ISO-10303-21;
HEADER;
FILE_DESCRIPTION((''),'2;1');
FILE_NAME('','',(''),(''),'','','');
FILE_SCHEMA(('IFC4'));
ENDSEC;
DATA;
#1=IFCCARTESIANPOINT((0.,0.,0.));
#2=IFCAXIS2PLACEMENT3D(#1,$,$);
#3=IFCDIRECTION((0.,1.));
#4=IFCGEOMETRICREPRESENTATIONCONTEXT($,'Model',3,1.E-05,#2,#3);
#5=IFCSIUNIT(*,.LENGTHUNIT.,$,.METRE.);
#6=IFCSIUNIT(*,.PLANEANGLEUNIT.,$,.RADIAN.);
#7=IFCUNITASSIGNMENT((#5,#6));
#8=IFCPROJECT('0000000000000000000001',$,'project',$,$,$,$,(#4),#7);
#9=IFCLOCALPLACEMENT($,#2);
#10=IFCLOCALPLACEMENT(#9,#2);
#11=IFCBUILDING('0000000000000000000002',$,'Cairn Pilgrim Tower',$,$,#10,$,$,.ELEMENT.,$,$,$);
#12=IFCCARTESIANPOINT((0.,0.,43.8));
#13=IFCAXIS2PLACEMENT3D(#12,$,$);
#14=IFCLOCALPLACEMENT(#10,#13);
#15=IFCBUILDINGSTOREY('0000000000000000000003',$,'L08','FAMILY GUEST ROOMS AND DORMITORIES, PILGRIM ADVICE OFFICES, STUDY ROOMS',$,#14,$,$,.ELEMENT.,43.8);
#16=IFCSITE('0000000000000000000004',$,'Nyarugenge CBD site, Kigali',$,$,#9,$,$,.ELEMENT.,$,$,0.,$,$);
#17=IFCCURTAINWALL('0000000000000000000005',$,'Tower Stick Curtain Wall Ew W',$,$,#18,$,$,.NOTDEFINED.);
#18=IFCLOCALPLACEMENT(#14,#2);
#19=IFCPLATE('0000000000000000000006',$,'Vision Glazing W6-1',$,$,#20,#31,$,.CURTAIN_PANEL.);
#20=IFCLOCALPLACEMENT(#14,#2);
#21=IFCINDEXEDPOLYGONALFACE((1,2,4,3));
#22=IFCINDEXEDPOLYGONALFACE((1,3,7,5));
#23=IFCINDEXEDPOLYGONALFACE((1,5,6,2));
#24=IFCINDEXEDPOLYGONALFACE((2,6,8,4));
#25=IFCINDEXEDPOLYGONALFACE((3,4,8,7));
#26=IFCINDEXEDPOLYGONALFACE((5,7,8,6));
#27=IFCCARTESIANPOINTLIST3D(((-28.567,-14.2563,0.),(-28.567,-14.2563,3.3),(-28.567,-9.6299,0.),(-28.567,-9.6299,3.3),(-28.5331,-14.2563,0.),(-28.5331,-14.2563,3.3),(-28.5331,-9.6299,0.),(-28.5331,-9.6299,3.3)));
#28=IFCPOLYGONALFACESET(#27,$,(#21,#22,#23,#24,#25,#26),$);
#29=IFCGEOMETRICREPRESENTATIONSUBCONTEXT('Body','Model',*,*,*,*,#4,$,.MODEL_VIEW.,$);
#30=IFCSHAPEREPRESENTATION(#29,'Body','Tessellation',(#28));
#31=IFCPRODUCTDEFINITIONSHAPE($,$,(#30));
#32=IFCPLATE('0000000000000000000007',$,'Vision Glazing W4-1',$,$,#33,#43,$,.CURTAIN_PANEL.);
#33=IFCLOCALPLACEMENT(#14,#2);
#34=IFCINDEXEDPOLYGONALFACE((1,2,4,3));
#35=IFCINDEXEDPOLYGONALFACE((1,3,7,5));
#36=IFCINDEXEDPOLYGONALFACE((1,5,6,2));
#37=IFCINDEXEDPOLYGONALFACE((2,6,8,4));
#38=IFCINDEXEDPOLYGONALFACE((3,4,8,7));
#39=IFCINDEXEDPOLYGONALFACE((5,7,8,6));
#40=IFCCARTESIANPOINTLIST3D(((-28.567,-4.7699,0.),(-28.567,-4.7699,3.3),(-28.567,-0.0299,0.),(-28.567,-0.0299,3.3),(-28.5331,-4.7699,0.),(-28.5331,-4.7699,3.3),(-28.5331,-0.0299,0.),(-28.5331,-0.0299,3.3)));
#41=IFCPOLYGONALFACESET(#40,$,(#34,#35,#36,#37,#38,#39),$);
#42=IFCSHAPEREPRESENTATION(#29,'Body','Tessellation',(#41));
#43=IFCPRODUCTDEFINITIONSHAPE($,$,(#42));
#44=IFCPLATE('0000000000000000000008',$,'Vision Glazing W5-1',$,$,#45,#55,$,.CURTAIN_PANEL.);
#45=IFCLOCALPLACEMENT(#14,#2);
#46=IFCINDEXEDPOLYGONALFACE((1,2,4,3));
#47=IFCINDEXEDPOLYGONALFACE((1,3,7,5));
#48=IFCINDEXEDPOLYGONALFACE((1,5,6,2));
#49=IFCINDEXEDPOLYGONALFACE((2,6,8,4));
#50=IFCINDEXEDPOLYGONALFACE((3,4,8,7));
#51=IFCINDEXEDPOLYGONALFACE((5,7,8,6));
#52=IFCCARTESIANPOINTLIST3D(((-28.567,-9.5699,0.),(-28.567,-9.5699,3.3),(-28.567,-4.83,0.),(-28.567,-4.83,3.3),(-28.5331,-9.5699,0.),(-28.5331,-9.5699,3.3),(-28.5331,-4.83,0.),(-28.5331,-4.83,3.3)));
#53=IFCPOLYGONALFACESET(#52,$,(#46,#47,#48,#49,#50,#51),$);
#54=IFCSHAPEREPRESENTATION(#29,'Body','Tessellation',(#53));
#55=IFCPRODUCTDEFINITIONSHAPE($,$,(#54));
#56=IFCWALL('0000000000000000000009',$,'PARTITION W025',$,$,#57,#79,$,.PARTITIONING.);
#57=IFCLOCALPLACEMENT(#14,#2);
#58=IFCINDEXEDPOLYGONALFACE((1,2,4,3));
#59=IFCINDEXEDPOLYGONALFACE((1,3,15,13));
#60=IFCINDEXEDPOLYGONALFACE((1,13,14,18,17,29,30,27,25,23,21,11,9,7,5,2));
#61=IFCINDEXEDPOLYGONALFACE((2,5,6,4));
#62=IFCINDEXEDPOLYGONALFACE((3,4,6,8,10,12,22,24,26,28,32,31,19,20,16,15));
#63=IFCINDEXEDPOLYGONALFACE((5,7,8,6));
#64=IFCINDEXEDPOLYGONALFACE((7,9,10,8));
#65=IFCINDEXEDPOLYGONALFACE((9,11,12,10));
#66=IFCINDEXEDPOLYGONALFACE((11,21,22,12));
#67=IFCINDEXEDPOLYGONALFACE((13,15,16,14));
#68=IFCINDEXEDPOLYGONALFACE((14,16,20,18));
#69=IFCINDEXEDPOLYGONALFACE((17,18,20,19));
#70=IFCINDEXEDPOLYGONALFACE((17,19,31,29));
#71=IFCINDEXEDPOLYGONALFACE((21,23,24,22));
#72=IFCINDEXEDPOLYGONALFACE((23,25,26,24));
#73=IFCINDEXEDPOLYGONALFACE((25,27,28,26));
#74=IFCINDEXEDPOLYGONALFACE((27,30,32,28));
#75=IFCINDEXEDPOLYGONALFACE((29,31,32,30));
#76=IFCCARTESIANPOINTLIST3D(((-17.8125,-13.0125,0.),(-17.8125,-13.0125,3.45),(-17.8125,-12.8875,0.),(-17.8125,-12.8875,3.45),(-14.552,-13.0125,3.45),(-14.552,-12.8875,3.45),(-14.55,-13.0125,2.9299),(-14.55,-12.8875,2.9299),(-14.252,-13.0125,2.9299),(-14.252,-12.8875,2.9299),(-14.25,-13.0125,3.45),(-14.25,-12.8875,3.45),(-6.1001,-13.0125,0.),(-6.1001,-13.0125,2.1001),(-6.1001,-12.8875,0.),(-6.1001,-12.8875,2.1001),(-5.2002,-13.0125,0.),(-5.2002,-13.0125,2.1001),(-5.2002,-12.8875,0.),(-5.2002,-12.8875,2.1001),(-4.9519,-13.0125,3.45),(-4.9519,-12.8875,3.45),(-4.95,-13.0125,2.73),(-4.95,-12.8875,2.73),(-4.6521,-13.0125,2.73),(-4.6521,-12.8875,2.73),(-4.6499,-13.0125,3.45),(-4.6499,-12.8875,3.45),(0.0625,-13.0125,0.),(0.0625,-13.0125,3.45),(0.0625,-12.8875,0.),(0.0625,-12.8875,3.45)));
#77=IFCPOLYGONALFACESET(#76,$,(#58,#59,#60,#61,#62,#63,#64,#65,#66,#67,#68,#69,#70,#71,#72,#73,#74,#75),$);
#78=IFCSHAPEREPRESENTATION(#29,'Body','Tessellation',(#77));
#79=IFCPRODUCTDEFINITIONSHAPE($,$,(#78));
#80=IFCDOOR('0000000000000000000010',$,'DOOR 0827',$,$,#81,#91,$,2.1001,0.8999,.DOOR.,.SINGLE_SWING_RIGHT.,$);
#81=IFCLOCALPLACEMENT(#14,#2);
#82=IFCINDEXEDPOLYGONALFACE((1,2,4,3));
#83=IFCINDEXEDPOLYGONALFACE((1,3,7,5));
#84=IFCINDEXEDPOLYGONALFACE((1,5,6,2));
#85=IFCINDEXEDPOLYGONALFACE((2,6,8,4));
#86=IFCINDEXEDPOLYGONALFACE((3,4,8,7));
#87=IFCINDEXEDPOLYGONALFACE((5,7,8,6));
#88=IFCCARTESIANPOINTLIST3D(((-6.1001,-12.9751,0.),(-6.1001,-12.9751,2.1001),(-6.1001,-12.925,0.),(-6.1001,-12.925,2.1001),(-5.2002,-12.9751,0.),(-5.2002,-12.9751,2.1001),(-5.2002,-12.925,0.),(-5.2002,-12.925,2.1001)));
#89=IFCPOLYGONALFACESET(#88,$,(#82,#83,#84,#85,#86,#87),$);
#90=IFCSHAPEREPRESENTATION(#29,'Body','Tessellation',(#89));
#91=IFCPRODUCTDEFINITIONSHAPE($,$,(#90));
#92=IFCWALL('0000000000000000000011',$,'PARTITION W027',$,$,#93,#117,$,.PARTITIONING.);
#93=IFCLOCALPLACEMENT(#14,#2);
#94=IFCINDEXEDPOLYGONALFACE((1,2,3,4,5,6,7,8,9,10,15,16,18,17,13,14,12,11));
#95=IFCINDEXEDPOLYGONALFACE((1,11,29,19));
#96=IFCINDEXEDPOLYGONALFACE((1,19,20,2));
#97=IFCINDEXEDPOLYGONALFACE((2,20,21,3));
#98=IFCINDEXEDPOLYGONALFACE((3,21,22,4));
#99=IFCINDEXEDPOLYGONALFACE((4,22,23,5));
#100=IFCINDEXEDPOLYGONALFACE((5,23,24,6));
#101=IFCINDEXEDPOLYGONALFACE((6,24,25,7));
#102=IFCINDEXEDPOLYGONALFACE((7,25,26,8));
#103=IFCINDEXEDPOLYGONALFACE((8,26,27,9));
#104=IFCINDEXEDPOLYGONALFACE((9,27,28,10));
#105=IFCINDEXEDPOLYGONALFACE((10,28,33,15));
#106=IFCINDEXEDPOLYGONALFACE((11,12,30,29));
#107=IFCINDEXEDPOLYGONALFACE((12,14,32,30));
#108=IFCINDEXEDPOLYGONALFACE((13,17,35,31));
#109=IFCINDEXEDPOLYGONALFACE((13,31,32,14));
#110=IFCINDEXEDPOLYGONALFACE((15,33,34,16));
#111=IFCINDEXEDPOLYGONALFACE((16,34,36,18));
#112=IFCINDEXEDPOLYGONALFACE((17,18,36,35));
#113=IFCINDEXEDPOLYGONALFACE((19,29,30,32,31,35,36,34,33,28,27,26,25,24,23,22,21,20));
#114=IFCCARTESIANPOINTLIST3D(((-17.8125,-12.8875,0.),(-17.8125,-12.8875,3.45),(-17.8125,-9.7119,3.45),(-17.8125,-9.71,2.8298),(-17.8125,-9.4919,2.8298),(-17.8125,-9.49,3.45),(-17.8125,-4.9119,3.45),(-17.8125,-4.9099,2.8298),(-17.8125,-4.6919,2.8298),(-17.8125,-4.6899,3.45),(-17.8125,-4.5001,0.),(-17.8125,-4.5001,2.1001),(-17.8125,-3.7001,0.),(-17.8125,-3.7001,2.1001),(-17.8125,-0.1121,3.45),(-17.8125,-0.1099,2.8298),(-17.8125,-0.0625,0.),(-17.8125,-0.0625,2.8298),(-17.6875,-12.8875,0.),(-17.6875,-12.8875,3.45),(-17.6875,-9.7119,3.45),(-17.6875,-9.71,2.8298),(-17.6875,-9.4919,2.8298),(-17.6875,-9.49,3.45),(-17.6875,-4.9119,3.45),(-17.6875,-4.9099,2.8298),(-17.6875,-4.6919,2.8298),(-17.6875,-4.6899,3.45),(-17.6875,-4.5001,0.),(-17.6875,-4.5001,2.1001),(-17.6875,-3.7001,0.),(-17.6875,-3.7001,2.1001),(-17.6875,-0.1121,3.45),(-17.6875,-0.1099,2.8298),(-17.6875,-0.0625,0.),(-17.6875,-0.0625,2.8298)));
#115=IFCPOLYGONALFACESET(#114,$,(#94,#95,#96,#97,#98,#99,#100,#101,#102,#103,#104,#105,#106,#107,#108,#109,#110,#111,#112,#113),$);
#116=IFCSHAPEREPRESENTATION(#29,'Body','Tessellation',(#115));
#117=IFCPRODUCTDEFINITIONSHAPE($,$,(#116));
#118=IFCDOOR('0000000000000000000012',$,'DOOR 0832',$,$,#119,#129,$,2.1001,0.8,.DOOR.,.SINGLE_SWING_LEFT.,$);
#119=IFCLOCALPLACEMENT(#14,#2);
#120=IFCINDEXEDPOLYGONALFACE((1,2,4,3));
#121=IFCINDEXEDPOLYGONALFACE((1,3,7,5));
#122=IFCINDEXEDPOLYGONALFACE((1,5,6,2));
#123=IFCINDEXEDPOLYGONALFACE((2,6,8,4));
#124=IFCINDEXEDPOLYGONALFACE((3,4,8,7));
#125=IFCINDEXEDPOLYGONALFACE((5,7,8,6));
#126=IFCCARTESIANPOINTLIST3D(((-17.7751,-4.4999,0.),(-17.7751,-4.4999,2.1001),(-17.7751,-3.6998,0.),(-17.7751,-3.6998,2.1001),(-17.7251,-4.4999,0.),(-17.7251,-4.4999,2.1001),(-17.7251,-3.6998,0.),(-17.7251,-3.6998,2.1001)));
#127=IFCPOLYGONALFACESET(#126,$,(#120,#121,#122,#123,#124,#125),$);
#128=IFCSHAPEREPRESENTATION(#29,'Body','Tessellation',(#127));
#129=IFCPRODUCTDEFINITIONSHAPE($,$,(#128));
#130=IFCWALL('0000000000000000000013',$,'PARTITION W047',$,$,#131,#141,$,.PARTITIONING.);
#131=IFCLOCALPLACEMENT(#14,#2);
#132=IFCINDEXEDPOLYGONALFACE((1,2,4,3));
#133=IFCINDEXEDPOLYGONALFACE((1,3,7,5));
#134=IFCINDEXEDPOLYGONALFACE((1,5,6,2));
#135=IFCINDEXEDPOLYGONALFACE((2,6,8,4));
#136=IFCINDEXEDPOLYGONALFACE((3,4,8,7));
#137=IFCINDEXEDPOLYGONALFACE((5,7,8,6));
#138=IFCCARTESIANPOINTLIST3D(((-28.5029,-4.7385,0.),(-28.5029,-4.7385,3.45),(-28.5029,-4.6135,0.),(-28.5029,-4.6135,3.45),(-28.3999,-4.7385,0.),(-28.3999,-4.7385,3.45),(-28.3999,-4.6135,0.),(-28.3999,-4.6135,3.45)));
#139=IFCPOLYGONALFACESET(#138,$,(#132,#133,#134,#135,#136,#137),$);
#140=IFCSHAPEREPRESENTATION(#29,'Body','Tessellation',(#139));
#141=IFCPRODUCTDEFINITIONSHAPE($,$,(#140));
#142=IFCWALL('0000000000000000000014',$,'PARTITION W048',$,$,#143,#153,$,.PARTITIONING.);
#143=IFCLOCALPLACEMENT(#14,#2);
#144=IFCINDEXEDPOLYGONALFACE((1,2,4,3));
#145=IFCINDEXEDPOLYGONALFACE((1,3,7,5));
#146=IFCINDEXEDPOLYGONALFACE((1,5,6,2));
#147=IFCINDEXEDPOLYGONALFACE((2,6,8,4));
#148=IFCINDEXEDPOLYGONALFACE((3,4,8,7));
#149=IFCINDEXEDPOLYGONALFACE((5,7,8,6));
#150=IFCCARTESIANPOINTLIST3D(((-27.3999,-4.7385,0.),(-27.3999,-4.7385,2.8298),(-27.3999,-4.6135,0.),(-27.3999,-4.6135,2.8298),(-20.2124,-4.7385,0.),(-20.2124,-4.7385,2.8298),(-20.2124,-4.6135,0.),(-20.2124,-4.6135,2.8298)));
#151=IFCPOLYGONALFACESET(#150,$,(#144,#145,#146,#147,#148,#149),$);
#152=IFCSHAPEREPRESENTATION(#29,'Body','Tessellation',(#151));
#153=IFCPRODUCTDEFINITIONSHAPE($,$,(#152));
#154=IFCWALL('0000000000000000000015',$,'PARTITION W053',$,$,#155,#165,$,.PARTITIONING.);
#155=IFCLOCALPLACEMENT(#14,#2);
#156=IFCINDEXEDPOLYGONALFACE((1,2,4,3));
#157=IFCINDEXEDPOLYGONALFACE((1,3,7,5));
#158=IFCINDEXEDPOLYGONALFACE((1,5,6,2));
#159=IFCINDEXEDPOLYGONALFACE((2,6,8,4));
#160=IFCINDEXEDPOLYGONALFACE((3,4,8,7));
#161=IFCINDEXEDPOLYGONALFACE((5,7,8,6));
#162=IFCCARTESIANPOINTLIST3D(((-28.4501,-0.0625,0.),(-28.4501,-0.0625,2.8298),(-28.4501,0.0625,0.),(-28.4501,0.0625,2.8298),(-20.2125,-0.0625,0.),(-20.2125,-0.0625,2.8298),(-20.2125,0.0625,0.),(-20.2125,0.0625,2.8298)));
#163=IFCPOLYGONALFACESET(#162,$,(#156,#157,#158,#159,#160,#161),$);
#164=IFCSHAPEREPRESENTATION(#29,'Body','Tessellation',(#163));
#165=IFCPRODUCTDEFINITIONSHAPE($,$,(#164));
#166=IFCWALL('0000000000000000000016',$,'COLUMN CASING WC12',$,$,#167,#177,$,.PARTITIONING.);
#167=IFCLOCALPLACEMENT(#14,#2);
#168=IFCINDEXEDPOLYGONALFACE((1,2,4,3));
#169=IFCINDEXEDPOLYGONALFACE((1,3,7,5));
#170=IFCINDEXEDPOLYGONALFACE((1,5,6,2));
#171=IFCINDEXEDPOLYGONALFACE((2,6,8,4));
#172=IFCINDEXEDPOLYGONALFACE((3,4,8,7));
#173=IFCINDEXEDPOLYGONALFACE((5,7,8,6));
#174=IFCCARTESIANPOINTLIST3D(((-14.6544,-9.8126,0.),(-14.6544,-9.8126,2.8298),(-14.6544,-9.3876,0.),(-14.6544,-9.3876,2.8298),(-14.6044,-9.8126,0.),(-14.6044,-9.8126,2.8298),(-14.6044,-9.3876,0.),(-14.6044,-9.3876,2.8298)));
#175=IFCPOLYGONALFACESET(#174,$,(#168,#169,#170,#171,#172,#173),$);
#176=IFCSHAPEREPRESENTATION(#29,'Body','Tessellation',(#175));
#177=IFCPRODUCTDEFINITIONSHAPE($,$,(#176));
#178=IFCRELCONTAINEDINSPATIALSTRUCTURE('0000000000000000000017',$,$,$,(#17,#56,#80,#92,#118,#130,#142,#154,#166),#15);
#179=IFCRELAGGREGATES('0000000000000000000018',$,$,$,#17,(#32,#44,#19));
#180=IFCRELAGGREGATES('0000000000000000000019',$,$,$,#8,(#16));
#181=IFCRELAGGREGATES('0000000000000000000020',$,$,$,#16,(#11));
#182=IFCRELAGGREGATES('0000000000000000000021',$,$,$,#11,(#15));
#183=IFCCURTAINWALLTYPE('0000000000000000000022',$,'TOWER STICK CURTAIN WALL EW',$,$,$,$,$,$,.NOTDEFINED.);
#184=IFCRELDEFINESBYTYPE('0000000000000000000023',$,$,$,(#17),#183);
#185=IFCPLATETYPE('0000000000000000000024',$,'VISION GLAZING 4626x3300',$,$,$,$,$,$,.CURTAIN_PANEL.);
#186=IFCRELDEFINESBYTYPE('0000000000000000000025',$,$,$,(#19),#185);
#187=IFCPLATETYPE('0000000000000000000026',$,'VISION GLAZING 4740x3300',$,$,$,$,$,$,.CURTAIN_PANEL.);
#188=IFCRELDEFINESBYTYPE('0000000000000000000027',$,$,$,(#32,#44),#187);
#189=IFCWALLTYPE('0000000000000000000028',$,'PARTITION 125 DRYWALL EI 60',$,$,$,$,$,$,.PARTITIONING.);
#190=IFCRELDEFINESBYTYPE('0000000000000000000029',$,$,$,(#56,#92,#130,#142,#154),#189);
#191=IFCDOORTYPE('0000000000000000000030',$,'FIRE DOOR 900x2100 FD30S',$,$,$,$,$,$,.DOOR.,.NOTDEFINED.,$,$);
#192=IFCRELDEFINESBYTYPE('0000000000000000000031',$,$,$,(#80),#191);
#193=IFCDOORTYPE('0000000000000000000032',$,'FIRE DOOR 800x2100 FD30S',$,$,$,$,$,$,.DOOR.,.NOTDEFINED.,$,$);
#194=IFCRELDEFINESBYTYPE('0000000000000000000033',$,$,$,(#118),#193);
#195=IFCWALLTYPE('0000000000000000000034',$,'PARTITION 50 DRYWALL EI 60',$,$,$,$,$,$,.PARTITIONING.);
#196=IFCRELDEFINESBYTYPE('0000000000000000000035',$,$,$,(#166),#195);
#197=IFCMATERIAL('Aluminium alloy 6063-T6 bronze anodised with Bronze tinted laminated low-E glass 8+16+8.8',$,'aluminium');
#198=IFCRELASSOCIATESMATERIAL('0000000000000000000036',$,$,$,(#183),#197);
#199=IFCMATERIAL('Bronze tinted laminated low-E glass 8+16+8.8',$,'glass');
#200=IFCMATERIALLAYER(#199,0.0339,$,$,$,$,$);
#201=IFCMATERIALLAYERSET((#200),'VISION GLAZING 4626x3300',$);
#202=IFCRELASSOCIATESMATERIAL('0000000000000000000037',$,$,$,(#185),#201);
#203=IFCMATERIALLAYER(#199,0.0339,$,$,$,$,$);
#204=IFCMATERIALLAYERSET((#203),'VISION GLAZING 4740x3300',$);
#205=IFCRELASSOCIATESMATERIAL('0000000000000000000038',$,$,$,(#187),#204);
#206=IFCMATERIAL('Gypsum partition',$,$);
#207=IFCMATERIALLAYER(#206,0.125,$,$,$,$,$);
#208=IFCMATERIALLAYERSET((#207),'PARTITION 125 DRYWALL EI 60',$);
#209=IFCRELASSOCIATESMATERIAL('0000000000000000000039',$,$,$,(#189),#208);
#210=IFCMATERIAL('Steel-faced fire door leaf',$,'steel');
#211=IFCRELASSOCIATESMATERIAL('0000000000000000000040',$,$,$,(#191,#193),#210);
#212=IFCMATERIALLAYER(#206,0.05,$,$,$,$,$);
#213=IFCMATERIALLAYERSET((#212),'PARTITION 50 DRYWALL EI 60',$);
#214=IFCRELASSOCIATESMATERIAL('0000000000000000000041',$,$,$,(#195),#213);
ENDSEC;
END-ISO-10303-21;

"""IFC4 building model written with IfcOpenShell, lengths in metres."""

from ifc_helpers import new_model, si_unit, direction, frame, frame_2d, origin, origin_2d, place, context, subcontext, project, spatial, polyline, rectangle, outline, extrude, material, layer, layer_set, type_object, element, fill, aggregate, save


model = new_model("IFC4")

# Units and contexts
model_context = context("Model", 3, precision=1e-05, world=origin(), true_north=direction((0.0, 1.0)))
body_context = subcontext(model_context, "Body", "Model", "MODEL_VIEW")
ifc_project = project(units=[si_unit("LENGTHUNIT", "METRE"), si_unit("PLANEANGLEUNIT", "RADIAN")], contexts=[model_context])

# Site, building, storey
site_placement = place(None, origin())
site = spatial("IfcSite", under=ifc_project, at=site_placement, Name="Nyarugenge CBD site, Kigali", CompositionType="ELEMENT", RefElevation=0.0)
building_placement = place(site_placement, origin())
building = spatial("IfcBuilding", under=site, at=building_placement, Name="Cairn Pilgrim Tower", CompositionType="ELEMENT")
storey_placement = place(building_placement, frame((0.0, 0.0, 43.8)))
storey = spatial("IfcBuildingStorey", under=building, at=storey_placement, Name="L08", Description="FAMILY GUEST ROOMS AND DORMITORIES, PILGRIM ADVICE OFFICES, STUDY ROOMS", CompositionType="ELEMENT", Elevation=43.8)

# Curtain wall
ifc_material_1 = material(Name="Aluminium alloy 6063-T6 bronze anodised with Bronze tinted laminated low-E glass 8+16+8.8", Category="aluminium")
curtain_wall_type_1 = type_object("IfcCurtainWallType", Name="TOWER STICK CURTAIN WALL EW", PredefinedType="NOTDEFINED", material=ifc_material_1)
curtain_wall_1_placement = place(storey_placement, origin())
curtain_wall_1 = element("IfcCurtainWall", 1, at=curtain_wall_1_placement, inside=storey, type_object=curtain_wall_type_1, Name="Tower Stick Curtain Wall Ew W", PredefinedType="NOTDEFINED")

# Plates
ifc_material_2 = material(Name="Bronze tinted laminated low-E glass 8+16+8.8", Category="glass")
ifc_layer_1 = layer(ifc_material_2, 0.0339)
ifc_layer_set_1 = layer_set([ifc_layer_1], Name="VISION GLAZING 4626x3300")
plate_type_1 = type_object("IfcPlateType", Name="VISION GLAZING 4626x3300", PredefinedType="CURTAIN_PANEL", material=ifc_layer_set_1)
plate_1_placement = place(storey_placement, frame((-28.55, -11.9431, 0.0), z_axis=(0.0, 0.0, 1.0), x_axis=(0.0, -1.0, 0.0)))
plate_1 = element("IfcPlate", 2, at=plate_1_placement, type_object=plate_type_1, Name="Vision Glazing W6-1", PredefinedType="CURTAIN_PANEL", context=body_context, shape_type="SweptSolid", body=[
    extrude(rectangle(XDim=4.6265, YDim=0.0339, at=origin_2d()), origin(), (0.0, 0.0, 1.0), 3.3),
])
ifc_layer_2 = layer(ifc_material_2, 0.0339)
ifc_layer_set_2 = layer_set([ifc_layer_2], Name="VISION GLAZING 4740x3300")
plate_type_2 = type_object("IfcPlateType", Name="VISION GLAZING 4740x3300", PredefinedType="CURTAIN_PANEL", material=ifc_layer_set_2)
plate_2_placement = place(storey_placement, frame((-28.55, -2.3999, 0.0), z_axis=(0.0, 0.0, 1.0), x_axis=(0.0, -1.0, 0.0)))
plate_2 = element("IfcPlate", 3, at=plate_2_placement, type_object=plate_type_2, Name="Vision Glazing W4-1", PredefinedType="CURTAIN_PANEL", context=body_context, shape_type="SweptSolid", body=[
    extrude(rectangle(XDim=4.74, YDim=0.0339, at=origin_2d()), origin(), (0.0, 0.0, 1.0), 3.3),
])
plate_3_placement = place(storey_placement, frame((-28.55, -7.2, 0.0), z_axis=(0.0, 0.0, 1.0), x_axis=(0.0, -1.0, 0.0)))
plate_3 = element("IfcPlate", 4, at=plate_3_placement, type_object=plate_type_2, Name="Vision Glazing W5-1", PredefinedType="CURTAIN_PANEL", context=body_context, shape_type="SweptSolid", body=[
    extrude(rectangle(XDim=4.74, YDim=0.0339, at=origin_2d()), origin(), (0.0, 0.0, 1.0), 3.3),
])
aggregate(curtain_wall_1, [plate_2, plate_3, plate_1])

# Walls, openings, doors
ifc_material_3 = material(Name="Gypsum partition")
ifc_layer_3 = layer(ifc_material_3, 0.125)
ifc_layer_set_3 = layer_set([ifc_layer_3], Name="PARTITION 125 DRYWALL EI 60")
wall_type_1 = type_object("IfcWallType", Name="PARTITION 125 DRYWALL EI 60", PredefinedType="PARTITIONING", material=ifc_layer_set_3)
wall_1_placement = place(storey_placement, frame((-17.8125, -12.95, 0.0), z_axis=(0.0, 0.0, 1.0), x_axis=(1.0, 0.0, 0.0)))
wall_1 = element("IfcWall", 5, at=wall_1_placement, inside=storey, type_object=wall_type_1, Name="PARTITION W025", PredefinedType="PARTITIONING", context=body_context, shape_type="SweptSolid", body=[
    extrude(outline(polyline([(0.0, 0.0), (17.875, 0.0), (17.875, 3.45), (13.1626, 3.45), (13.1604, 2.73), (12.8625, 2.73), (12.8606, 3.45), (3.5625, 3.45), (3.5605, 2.9299), (3.2625, 2.9299), (3.2605, 3.45), (0.0, 3.45), (0.0, 0.0)])), frame((0.0, 0.0625, 0.0), z_axis=(0.0, -1.0, 0.0), x_axis=(1.0, 0.0, 0.0)), (0.0, 0.0, 1.0), 0.125),
])
opening_1_placement = place(wall_1_placement, frame((11.7124, 0.0, 0.0)))
opening_1 = element("IfcOpeningElement", 6, at=opening_1_placement, cuts=wall_1, PredefinedType="OPENING", context=body_context, shape_type="SweptSolid", body=[
    extrude(rectangle(XDim=0.8999, YDim=2.1001, at=frame_2d((0.45, 1.05))), frame((0.0, 0.0725, 0.0), z_axis=(0.0, -1.0, 0.0), x_axis=(1.0, 0.0, 0.0)), (0.0, 0.0, 1.0), 0.145),
])
ifc_material_4 = material(Name="Steel-faced fire door leaf", Category="steel")
door_type_1 = type_object("IfcDoorType", Name="FIRE DOOR 900x2100 FD30S", OperationType="NOTDEFINED", PredefinedType="DOOR", material=ifc_material_4)
door_1_placement = place(opening_1_placement, origin())
door_1 = element("IfcDoor", 7, at=door_1_placement, inside=storey, type_object=door_type_1, Name="DOOR 0827", OperationType="SINGLE_SWING_RIGHT", OverallHeight=2.1001, OverallWidth=0.8999, PredefinedType="DOOR", context=body_context, shape_type="SweptSolid", body=[
    extrude(rectangle(XDim=0.8999, YDim=2.1001, at=frame_2d((0.45, 1.05))), frame((0.0, 0.0249, 0.0), z_axis=(0.0, -1.0, 0.0), x_axis=(1.0, 0.0, 0.0)), (0.0, 0.0, 1.0), 0.05),
])
fill(opening_1, door_1)
wall_2_placement = place(storey_placement, frame((-17.75, -12.8875, 0.0), z_axis=(0.0, 0.0, 1.0), x_axis=(0.0, 1.0, 0.0)))
wall_2 = element("IfcWall", 8, at=wall_2_placement, inside=storey, type_object=wall_type_1, Name="PARTITION W027", PredefinedType="PARTITIONING", context=body_context, shape_type="SweptSolid", body=[
    extrude(outline(polyline([(0.0, 0.0), (12.825, 0.0), (12.825, 2.8298), (12.7776, 2.8298), (12.7754, 3.45), (8.1975, 3.45), (8.1956, 2.8298), (7.9775, 2.8298), (7.9756, 3.45), (3.3975, 3.45), (3.3955, 2.8298), (3.1775, 2.8298), (3.1755, 3.45), (0.0, 3.45), (0.0, 0.0)])), frame((0.0, 0.0625, 0.0), z_axis=(0.0, -1.0, 0.0), x_axis=(1.0, 0.0, 0.0)), (0.0, 0.0, 1.0), 0.125),
])
opening_2_placement = place(wall_2_placement, frame((8.3875, 0.0, 0.0)))
opening_2 = element("IfcOpeningElement", 9, at=opening_2_placement, cuts=wall_2, PredefinedType="OPENING", context=body_context, shape_type="SweptSolid", body=[
    extrude(rectangle(XDim=0.8, YDim=2.1001, at=frame_2d((0.3999, 1.05))), frame((0.0, 0.0725, 0.0), z_axis=(0.0, -1.0, 0.0), x_axis=(1.0, 0.0, 0.0)), (0.0, 0.0, 1.0), 0.145),
])
door_type_2 = type_object("IfcDoorType", Name="FIRE DOOR 800x2100 FD30S", OperationType="NOTDEFINED", PredefinedType="DOOR", material=ifc_material_4)
door_2_placement = place(opening_2_placement, frame((0.8, 0.0, 0.0), z_axis=(0.0, 0.0, 1.0), x_axis=(-1.0, 0.0, 0.0)))
door_2 = element("IfcDoor", 10, at=door_2_placement, inside=storey, type_object=door_type_2, Name="DOOR 0832", OperationType="SINGLE_SWING_LEFT", OverallHeight=2.1001, OverallWidth=0.8, PredefinedType="DOOR", context=body_context, shape_type="SweptSolid", body=[
    extrude(rectangle(XDim=0.8, YDim=2.1001, at=frame_2d((0.3999, 1.05))), frame((0.0, 0.0249, 0.0), z_axis=(0.0, -1.0, 0.0), x_axis=(1.0, 0.0, 0.0)), (0.0, 0.0, 1.0), 0.05),
])
fill(opening_2, door_2)

# Walls
wall_3_placement = place(storey_placement, frame((-28.5029, -4.676, 0.0), z_axis=(0.0, 0.0, 1.0), x_axis=(1.0, 0.0, 0.0)))
element("IfcWall", 11, at=wall_3_placement, inside=storey, type_object=wall_type_1, Name="PARTITION W047", PredefinedType="PARTITIONING", context=body_context, shape_type="SweptSolid", body=[
    extrude(rectangle(XDim=0.103, YDim=0.125, at=frame_2d((0.0515, 0.0))), origin(), (0.0, 0.0, 1.0), 3.45),
])
wall_4_placement = place(storey_placement, frame((-27.3999, -4.676, 0.0), z_axis=(0.0, 0.0, 1.0), x_axis=(1.0, 0.0, 0.0)))
element("IfcWall", 12, at=wall_4_placement, inside=storey, type_object=wall_type_1, Name="PARTITION W048", PredefinedType="PARTITIONING", context=body_context, shape_type="SweptSolid", body=[
    extrude(rectangle(XDim=7.1875, YDim=0.125, at=frame_2d((3.5938, 0.0))), origin(), (0.0, 0.0, 1.0), 2.8298),
])
wall_5_placement = place(storey_placement, frame((-28.45, 0.0, 0.0), z_axis=(0.0, 0.0, 1.0), x_axis=(1.0, 0.0, 0.0)))
element("IfcWall", 13, at=wall_5_placement, inside=storey, type_object=wall_type_1, Name="PARTITION W053", PredefinedType="PARTITIONING", context=body_context, shape_type="SweptSolid", body=[
    extrude(rectangle(XDim=8.2375, YDim=0.125, at=frame_2d((4.1187, 0.0))), origin(), (0.0, 0.0, 1.0), 2.8298),
])
ifc_layer_4 = layer(ifc_material_3, 0.05)
ifc_layer_set_4 = layer_set([ifc_layer_4], Name="PARTITION 50 DRYWALL EI 60")
wall_type_2 = type_object("IfcWallType", Name="PARTITION 50 DRYWALL EI 60", PredefinedType="PARTITIONING", material=ifc_layer_set_4)
wall_6_placement = place(storey_placement, frame((-14.6294, -9.8125, 0.0), z_axis=(0.0, 0.0, 1.0), x_axis=(0.0, 1.0, 0.0)))
element("IfcWall", 14, at=wall_6_placement, inside=storey, type_object=wall_type_2, Name="COLUMN CASING WC12", PredefinedType="PARTITIONING", context=body_context, shape_type="SweptSolid", body=[
    extrude(rectangle(XDim=0.425, YDim=0.05, at=frame_2d((0.2124, 0.0))), origin(), (0.0, 0.0, 1.0), 2.8298),
])

save(model, "model.ifc")
